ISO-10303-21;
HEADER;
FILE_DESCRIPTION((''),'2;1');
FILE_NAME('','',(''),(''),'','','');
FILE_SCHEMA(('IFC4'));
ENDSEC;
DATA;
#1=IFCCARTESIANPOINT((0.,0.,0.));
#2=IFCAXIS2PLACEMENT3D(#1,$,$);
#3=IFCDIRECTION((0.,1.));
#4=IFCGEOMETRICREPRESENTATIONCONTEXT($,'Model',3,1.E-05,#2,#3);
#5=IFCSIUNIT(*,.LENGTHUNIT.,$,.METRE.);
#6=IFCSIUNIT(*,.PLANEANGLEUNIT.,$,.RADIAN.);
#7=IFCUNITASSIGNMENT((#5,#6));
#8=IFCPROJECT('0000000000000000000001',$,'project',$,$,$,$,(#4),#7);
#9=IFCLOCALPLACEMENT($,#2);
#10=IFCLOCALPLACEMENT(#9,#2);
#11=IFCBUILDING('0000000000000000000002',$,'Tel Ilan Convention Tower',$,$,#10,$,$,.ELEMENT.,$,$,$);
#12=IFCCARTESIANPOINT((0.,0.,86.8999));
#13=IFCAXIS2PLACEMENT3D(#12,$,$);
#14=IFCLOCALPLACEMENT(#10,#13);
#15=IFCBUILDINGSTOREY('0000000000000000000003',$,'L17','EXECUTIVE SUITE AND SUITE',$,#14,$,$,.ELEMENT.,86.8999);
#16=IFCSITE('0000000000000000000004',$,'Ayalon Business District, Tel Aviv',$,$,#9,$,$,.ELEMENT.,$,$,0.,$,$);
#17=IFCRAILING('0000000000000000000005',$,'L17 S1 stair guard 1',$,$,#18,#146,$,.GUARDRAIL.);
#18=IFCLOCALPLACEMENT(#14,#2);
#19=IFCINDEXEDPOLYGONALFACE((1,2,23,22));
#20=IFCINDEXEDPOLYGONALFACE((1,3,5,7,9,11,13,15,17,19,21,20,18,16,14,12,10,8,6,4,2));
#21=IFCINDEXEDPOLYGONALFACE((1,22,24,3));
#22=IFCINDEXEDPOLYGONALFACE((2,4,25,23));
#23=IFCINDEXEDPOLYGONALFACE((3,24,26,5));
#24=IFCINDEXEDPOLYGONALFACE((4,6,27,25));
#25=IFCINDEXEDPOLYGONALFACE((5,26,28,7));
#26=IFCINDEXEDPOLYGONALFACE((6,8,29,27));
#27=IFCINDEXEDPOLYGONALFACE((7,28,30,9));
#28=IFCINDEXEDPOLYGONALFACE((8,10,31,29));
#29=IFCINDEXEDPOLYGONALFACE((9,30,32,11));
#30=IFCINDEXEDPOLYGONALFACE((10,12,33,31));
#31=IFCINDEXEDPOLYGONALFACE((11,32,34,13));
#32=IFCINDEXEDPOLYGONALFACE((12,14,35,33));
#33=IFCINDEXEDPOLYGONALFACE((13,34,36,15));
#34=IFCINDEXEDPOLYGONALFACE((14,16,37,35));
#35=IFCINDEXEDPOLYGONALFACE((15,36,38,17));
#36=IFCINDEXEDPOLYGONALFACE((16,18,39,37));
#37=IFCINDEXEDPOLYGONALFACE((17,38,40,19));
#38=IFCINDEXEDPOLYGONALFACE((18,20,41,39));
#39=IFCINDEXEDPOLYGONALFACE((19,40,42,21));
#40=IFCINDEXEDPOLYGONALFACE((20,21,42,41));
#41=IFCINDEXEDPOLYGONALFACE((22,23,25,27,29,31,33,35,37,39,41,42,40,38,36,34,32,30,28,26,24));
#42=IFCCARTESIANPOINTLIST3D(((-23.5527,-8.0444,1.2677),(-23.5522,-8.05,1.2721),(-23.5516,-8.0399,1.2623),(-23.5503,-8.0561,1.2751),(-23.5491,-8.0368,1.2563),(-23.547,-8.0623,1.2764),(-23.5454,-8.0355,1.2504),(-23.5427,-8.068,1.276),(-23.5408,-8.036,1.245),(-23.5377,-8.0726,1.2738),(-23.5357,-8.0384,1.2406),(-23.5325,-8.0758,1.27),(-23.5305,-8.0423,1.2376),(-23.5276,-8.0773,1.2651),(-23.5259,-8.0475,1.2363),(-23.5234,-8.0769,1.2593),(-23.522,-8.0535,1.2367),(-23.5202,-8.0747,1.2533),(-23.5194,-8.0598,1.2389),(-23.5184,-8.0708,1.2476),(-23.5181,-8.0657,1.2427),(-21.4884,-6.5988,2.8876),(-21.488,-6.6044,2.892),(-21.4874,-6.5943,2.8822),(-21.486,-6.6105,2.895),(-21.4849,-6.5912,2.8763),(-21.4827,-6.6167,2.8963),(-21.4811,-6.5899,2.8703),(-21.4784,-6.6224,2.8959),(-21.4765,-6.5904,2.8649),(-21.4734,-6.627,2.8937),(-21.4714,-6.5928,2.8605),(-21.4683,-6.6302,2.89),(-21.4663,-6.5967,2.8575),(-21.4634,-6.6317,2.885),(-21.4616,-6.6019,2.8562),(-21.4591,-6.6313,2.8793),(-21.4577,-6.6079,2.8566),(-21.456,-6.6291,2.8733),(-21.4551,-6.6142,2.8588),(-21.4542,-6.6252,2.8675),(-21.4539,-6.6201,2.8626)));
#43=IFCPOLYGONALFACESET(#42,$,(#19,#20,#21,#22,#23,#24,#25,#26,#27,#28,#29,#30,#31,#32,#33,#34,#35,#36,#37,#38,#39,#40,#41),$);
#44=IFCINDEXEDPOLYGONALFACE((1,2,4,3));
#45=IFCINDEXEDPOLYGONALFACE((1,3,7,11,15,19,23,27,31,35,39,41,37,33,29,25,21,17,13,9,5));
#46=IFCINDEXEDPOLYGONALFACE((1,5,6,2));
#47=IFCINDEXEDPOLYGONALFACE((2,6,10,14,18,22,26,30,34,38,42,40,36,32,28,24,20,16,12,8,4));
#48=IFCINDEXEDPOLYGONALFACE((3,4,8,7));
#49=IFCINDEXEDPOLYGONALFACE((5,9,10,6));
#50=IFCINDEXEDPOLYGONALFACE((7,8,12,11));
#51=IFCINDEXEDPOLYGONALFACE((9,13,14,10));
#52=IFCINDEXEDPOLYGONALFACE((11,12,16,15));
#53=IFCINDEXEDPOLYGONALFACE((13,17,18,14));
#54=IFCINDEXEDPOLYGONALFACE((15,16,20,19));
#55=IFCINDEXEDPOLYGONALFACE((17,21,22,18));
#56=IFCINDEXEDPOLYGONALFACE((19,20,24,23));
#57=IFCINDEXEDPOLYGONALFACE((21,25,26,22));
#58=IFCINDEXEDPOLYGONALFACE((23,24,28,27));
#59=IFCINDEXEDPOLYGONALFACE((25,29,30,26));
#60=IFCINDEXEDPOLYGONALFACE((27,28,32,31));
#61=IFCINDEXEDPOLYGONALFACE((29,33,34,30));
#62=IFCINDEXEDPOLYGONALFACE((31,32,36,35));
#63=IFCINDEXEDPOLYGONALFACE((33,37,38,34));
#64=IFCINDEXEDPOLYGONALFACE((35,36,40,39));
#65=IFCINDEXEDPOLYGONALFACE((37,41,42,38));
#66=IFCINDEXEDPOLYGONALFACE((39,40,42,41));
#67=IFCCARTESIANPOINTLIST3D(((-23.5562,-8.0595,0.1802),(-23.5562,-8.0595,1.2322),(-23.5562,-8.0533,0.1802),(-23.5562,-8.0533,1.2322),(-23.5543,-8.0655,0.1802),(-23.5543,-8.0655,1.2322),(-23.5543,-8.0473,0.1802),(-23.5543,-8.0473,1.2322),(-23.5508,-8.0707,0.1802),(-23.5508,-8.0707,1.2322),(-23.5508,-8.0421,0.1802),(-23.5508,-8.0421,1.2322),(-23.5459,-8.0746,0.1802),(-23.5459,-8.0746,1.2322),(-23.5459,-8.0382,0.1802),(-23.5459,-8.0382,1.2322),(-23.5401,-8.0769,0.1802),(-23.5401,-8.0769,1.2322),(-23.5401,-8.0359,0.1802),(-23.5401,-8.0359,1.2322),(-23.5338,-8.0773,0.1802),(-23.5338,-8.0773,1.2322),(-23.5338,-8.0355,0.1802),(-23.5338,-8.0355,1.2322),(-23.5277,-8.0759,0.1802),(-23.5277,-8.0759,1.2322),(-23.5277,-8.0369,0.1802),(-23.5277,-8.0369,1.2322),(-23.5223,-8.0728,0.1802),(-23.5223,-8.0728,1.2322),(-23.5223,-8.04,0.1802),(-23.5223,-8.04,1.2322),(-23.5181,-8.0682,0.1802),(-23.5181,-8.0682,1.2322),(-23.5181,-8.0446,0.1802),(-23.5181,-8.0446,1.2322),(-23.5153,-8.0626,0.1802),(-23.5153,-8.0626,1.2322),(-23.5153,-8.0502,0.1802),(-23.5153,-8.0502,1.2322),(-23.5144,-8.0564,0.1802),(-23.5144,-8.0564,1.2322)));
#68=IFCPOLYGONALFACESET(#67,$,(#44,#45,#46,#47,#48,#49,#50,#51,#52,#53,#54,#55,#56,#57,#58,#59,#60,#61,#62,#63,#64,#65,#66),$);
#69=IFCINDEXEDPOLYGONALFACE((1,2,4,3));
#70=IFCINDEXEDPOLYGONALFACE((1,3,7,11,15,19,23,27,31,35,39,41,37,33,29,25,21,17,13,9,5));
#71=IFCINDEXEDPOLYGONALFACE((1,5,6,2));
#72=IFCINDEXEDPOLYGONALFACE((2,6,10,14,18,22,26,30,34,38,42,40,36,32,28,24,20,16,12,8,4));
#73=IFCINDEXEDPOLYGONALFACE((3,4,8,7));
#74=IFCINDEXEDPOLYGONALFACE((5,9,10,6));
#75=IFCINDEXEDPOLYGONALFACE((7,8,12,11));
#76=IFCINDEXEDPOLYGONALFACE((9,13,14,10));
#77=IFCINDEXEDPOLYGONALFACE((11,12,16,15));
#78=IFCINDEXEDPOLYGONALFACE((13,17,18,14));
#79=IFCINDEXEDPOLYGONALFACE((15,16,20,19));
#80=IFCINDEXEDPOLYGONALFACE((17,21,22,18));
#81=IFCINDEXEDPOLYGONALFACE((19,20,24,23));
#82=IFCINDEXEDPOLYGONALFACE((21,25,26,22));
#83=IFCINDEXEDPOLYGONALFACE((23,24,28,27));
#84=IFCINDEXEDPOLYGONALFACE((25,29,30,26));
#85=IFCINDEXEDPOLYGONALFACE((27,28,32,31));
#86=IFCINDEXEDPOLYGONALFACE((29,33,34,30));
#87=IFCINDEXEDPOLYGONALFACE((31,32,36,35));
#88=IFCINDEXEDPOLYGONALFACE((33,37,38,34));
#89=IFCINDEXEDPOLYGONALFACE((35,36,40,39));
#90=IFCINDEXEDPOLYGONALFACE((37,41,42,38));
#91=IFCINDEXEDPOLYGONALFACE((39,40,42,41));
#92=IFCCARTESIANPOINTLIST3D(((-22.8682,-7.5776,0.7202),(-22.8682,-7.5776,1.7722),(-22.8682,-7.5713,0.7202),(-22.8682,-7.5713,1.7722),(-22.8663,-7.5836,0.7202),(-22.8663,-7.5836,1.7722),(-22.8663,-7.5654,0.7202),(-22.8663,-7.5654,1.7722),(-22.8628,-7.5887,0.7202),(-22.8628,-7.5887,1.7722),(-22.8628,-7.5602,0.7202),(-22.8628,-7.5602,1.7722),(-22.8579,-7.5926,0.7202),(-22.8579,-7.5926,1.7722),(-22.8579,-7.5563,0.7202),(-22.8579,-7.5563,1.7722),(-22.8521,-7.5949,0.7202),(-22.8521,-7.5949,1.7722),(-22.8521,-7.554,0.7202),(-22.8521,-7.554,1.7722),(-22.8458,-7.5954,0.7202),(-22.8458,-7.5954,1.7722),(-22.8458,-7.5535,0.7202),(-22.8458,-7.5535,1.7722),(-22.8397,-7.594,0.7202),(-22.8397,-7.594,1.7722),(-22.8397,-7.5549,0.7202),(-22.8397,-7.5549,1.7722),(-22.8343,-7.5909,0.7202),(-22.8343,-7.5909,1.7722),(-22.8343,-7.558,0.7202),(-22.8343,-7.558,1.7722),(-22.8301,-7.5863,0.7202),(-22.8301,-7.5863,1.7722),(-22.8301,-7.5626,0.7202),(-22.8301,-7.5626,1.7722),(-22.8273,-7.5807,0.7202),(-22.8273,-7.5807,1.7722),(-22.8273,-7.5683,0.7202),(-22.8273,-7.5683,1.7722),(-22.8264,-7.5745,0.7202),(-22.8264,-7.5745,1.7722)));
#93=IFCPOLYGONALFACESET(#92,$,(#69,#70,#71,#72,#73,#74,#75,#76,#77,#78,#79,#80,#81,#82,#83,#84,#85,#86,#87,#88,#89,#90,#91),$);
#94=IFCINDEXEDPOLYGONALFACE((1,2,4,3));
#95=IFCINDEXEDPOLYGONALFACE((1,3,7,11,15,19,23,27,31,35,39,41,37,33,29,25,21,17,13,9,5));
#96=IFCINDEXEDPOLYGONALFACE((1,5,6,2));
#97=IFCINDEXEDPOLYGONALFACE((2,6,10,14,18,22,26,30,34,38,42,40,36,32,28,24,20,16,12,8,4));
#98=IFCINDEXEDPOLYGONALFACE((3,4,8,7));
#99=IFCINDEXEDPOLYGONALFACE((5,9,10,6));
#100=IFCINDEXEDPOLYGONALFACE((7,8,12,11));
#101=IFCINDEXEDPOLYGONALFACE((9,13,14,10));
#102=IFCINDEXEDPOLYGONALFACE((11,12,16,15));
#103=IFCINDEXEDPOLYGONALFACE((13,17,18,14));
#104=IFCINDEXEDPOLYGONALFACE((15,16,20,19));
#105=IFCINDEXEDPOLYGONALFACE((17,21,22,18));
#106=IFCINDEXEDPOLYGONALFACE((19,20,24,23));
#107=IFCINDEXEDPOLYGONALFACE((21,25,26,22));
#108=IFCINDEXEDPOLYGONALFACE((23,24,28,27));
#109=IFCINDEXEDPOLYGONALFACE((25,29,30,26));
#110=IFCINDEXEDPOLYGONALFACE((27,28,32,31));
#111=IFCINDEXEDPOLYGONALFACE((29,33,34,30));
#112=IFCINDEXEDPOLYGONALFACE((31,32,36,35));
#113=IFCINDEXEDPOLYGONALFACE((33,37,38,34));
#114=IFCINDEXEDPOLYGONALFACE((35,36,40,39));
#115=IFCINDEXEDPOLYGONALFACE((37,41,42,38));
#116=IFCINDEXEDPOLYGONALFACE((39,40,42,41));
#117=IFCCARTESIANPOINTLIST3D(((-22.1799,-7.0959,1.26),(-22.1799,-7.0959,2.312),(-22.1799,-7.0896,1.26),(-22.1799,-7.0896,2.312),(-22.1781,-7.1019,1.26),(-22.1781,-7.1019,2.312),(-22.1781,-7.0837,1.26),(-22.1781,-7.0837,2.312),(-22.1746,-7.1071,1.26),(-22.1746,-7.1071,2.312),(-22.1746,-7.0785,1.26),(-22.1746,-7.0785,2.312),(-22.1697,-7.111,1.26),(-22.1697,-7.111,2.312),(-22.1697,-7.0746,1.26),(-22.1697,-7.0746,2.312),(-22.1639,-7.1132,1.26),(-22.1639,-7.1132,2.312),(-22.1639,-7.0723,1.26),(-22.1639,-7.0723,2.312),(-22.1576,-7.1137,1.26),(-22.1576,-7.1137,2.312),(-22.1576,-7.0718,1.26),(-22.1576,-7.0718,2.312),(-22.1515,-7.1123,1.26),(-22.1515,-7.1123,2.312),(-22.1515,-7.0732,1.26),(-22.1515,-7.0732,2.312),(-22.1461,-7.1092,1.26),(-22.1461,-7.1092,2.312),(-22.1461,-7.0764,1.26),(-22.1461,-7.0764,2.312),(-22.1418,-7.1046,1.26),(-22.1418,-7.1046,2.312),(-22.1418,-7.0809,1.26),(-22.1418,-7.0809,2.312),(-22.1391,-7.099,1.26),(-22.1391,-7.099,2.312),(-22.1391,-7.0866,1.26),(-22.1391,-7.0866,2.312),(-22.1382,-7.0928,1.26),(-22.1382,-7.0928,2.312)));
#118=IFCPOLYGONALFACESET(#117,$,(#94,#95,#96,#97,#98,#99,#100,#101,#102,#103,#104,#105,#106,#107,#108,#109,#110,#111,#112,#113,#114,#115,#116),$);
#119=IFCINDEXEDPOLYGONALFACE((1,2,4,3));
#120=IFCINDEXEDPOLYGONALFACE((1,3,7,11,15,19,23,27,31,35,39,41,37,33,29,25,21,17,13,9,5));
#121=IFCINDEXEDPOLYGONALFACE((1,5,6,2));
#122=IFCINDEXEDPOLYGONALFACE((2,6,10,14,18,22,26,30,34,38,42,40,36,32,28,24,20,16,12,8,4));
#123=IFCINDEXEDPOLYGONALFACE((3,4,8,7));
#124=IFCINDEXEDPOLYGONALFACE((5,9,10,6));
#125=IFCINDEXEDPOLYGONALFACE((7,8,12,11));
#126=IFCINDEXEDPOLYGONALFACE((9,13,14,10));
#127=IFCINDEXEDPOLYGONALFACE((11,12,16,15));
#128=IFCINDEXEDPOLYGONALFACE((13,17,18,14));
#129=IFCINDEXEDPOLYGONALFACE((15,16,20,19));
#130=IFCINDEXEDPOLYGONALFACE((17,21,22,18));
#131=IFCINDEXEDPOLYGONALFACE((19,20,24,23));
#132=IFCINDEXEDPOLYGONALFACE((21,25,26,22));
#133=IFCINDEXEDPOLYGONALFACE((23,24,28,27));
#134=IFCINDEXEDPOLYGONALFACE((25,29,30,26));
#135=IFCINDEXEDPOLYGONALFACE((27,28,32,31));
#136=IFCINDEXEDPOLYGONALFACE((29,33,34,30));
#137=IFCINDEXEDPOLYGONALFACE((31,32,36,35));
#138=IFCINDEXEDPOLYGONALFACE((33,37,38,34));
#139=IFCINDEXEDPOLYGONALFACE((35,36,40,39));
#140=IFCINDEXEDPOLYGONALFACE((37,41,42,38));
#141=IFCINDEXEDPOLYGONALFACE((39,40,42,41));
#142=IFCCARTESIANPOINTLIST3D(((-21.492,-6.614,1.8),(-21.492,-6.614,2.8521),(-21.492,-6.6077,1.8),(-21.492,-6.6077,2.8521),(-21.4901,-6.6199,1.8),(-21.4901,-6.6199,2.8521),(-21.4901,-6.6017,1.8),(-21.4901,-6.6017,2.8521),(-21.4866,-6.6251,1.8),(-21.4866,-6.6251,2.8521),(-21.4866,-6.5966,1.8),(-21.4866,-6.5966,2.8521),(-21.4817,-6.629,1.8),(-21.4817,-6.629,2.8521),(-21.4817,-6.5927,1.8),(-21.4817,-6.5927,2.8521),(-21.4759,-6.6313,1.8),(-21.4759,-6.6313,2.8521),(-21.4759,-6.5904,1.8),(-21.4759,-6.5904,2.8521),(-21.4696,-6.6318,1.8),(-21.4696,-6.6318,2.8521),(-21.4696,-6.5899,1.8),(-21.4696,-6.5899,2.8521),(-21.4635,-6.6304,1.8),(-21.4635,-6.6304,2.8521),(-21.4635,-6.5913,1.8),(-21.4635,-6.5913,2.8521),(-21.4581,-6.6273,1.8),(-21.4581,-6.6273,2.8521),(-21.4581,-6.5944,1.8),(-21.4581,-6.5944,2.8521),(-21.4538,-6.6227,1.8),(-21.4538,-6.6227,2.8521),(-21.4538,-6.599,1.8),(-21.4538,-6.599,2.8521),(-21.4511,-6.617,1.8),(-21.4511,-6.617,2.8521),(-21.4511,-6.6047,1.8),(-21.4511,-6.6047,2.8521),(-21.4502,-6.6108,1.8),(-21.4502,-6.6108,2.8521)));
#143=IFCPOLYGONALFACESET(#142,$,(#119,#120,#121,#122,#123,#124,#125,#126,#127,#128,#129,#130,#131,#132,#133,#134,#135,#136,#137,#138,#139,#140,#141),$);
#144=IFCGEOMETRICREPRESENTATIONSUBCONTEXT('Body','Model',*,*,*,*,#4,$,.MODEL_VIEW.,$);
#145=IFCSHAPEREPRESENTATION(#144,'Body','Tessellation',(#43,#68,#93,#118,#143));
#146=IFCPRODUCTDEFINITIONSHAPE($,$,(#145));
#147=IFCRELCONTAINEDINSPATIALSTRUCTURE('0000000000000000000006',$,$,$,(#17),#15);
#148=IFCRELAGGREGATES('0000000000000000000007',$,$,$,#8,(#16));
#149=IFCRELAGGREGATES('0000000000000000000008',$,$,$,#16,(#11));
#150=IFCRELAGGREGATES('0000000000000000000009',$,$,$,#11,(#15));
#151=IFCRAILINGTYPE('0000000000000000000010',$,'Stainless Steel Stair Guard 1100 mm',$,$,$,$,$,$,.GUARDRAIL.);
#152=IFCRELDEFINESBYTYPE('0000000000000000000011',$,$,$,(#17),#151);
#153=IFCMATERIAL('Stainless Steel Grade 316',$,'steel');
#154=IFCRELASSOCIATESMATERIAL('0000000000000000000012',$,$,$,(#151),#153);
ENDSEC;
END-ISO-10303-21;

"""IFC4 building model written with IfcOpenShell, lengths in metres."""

from ifc_helpers import new_model, si_unit, direction, frame, origin, origin_2d, place, context, subcontext, project, spatial, circle, extrude, material, type_object, element, save


model = new_model("IFC4")

# Units and contexts
model_context = context("Model", 3, precision=1e-05, world=origin(), true_north=direction((0.0, 1.0)))
body_context = subcontext(model_context, "Body", "Model", "MODEL_VIEW")
ifc_project = project(units=[si_unit("LENGTHUNIT", "METRE"), si_unit("PLANEANGLEUNIT", "RADIAN")], contexts=[model_context])

# Site, building, storey
site_placement = place(None, origin())
site = spatial("IfcSite", under=ifc_project, at=site_placement, Name="Ayalon Business District, Tel Aviv", CompositionType="ELEMENT", RefElevation=0.0)
building_placement = place(site_placement, origin())
building = spatial("IfcBuilding", under=site, at=building_placement, Name="Tel Ilan Convention Tower", CompositionType="ELEMENT")
storey_placement = place(building_placement, frame((0.0, 0.0, 86.8999)))
storey = spatial("IfcBuildingStorey", under=building, at=storey_placement, Name="L17", Description="EXECUTIVE SUITE AND SUITE", CompositionType="ELEMENT", Elevation=86.8999)

# Railing
ifc_material_1 = material(Name="Stainless Steel Grade 316", Category="steel")
railing_type_1 = type_object("IfcRailingType", Name="Stainless Steel Stair Guard 1100 mm", PredefinedType="GUARDRAIL", material=ifc_material_1)
railing_1_placement = place(storey_placement, frame((-23.5354, -8.0564, 0.1802)))
element("IfcRailing", 1, at=railing_1_placement, inside=storey, type_object=railing_type_1, Name="L17 S1 stair guard 1", PredefinedType="GUARDRAIL", context=body_context, shape_type="SweptSolid", body=[
    extrude(circle(Radius=0.0239, at=origin_2d()), frame((0.0, 0.0, 1.0762), z_axis=(0.689043, 0.482534, 0.540722), x_axis=(-0.573625, 0.819118, 0.0)), (0.0, 0.0, 1.0), 2.9958),
    extrude(circle(Radius=0.021, at=origin_2d()), origin(), (0.0, 0.0, 1.0), 1.052),
    extrude(circle(Radius=0.021, at=origin_2d()), frame((0.688, 0.4819, 0.54)), (0.0, 0.0, 1.0), 1.052),
    extrude(circle(Radius=0.021, at=origin_2d()), frame((1.3762, 0.9636, 1.0798)), (0.0, 0.0, 1.0), 1.052),
    extrude(circle(Radius=0.021, at=origin_2d()), frame((2.0642, 1.4456, 1.6199)), (0.0, 0.0, 1.0), 1.052),
])

save(model, "model.ifc")
